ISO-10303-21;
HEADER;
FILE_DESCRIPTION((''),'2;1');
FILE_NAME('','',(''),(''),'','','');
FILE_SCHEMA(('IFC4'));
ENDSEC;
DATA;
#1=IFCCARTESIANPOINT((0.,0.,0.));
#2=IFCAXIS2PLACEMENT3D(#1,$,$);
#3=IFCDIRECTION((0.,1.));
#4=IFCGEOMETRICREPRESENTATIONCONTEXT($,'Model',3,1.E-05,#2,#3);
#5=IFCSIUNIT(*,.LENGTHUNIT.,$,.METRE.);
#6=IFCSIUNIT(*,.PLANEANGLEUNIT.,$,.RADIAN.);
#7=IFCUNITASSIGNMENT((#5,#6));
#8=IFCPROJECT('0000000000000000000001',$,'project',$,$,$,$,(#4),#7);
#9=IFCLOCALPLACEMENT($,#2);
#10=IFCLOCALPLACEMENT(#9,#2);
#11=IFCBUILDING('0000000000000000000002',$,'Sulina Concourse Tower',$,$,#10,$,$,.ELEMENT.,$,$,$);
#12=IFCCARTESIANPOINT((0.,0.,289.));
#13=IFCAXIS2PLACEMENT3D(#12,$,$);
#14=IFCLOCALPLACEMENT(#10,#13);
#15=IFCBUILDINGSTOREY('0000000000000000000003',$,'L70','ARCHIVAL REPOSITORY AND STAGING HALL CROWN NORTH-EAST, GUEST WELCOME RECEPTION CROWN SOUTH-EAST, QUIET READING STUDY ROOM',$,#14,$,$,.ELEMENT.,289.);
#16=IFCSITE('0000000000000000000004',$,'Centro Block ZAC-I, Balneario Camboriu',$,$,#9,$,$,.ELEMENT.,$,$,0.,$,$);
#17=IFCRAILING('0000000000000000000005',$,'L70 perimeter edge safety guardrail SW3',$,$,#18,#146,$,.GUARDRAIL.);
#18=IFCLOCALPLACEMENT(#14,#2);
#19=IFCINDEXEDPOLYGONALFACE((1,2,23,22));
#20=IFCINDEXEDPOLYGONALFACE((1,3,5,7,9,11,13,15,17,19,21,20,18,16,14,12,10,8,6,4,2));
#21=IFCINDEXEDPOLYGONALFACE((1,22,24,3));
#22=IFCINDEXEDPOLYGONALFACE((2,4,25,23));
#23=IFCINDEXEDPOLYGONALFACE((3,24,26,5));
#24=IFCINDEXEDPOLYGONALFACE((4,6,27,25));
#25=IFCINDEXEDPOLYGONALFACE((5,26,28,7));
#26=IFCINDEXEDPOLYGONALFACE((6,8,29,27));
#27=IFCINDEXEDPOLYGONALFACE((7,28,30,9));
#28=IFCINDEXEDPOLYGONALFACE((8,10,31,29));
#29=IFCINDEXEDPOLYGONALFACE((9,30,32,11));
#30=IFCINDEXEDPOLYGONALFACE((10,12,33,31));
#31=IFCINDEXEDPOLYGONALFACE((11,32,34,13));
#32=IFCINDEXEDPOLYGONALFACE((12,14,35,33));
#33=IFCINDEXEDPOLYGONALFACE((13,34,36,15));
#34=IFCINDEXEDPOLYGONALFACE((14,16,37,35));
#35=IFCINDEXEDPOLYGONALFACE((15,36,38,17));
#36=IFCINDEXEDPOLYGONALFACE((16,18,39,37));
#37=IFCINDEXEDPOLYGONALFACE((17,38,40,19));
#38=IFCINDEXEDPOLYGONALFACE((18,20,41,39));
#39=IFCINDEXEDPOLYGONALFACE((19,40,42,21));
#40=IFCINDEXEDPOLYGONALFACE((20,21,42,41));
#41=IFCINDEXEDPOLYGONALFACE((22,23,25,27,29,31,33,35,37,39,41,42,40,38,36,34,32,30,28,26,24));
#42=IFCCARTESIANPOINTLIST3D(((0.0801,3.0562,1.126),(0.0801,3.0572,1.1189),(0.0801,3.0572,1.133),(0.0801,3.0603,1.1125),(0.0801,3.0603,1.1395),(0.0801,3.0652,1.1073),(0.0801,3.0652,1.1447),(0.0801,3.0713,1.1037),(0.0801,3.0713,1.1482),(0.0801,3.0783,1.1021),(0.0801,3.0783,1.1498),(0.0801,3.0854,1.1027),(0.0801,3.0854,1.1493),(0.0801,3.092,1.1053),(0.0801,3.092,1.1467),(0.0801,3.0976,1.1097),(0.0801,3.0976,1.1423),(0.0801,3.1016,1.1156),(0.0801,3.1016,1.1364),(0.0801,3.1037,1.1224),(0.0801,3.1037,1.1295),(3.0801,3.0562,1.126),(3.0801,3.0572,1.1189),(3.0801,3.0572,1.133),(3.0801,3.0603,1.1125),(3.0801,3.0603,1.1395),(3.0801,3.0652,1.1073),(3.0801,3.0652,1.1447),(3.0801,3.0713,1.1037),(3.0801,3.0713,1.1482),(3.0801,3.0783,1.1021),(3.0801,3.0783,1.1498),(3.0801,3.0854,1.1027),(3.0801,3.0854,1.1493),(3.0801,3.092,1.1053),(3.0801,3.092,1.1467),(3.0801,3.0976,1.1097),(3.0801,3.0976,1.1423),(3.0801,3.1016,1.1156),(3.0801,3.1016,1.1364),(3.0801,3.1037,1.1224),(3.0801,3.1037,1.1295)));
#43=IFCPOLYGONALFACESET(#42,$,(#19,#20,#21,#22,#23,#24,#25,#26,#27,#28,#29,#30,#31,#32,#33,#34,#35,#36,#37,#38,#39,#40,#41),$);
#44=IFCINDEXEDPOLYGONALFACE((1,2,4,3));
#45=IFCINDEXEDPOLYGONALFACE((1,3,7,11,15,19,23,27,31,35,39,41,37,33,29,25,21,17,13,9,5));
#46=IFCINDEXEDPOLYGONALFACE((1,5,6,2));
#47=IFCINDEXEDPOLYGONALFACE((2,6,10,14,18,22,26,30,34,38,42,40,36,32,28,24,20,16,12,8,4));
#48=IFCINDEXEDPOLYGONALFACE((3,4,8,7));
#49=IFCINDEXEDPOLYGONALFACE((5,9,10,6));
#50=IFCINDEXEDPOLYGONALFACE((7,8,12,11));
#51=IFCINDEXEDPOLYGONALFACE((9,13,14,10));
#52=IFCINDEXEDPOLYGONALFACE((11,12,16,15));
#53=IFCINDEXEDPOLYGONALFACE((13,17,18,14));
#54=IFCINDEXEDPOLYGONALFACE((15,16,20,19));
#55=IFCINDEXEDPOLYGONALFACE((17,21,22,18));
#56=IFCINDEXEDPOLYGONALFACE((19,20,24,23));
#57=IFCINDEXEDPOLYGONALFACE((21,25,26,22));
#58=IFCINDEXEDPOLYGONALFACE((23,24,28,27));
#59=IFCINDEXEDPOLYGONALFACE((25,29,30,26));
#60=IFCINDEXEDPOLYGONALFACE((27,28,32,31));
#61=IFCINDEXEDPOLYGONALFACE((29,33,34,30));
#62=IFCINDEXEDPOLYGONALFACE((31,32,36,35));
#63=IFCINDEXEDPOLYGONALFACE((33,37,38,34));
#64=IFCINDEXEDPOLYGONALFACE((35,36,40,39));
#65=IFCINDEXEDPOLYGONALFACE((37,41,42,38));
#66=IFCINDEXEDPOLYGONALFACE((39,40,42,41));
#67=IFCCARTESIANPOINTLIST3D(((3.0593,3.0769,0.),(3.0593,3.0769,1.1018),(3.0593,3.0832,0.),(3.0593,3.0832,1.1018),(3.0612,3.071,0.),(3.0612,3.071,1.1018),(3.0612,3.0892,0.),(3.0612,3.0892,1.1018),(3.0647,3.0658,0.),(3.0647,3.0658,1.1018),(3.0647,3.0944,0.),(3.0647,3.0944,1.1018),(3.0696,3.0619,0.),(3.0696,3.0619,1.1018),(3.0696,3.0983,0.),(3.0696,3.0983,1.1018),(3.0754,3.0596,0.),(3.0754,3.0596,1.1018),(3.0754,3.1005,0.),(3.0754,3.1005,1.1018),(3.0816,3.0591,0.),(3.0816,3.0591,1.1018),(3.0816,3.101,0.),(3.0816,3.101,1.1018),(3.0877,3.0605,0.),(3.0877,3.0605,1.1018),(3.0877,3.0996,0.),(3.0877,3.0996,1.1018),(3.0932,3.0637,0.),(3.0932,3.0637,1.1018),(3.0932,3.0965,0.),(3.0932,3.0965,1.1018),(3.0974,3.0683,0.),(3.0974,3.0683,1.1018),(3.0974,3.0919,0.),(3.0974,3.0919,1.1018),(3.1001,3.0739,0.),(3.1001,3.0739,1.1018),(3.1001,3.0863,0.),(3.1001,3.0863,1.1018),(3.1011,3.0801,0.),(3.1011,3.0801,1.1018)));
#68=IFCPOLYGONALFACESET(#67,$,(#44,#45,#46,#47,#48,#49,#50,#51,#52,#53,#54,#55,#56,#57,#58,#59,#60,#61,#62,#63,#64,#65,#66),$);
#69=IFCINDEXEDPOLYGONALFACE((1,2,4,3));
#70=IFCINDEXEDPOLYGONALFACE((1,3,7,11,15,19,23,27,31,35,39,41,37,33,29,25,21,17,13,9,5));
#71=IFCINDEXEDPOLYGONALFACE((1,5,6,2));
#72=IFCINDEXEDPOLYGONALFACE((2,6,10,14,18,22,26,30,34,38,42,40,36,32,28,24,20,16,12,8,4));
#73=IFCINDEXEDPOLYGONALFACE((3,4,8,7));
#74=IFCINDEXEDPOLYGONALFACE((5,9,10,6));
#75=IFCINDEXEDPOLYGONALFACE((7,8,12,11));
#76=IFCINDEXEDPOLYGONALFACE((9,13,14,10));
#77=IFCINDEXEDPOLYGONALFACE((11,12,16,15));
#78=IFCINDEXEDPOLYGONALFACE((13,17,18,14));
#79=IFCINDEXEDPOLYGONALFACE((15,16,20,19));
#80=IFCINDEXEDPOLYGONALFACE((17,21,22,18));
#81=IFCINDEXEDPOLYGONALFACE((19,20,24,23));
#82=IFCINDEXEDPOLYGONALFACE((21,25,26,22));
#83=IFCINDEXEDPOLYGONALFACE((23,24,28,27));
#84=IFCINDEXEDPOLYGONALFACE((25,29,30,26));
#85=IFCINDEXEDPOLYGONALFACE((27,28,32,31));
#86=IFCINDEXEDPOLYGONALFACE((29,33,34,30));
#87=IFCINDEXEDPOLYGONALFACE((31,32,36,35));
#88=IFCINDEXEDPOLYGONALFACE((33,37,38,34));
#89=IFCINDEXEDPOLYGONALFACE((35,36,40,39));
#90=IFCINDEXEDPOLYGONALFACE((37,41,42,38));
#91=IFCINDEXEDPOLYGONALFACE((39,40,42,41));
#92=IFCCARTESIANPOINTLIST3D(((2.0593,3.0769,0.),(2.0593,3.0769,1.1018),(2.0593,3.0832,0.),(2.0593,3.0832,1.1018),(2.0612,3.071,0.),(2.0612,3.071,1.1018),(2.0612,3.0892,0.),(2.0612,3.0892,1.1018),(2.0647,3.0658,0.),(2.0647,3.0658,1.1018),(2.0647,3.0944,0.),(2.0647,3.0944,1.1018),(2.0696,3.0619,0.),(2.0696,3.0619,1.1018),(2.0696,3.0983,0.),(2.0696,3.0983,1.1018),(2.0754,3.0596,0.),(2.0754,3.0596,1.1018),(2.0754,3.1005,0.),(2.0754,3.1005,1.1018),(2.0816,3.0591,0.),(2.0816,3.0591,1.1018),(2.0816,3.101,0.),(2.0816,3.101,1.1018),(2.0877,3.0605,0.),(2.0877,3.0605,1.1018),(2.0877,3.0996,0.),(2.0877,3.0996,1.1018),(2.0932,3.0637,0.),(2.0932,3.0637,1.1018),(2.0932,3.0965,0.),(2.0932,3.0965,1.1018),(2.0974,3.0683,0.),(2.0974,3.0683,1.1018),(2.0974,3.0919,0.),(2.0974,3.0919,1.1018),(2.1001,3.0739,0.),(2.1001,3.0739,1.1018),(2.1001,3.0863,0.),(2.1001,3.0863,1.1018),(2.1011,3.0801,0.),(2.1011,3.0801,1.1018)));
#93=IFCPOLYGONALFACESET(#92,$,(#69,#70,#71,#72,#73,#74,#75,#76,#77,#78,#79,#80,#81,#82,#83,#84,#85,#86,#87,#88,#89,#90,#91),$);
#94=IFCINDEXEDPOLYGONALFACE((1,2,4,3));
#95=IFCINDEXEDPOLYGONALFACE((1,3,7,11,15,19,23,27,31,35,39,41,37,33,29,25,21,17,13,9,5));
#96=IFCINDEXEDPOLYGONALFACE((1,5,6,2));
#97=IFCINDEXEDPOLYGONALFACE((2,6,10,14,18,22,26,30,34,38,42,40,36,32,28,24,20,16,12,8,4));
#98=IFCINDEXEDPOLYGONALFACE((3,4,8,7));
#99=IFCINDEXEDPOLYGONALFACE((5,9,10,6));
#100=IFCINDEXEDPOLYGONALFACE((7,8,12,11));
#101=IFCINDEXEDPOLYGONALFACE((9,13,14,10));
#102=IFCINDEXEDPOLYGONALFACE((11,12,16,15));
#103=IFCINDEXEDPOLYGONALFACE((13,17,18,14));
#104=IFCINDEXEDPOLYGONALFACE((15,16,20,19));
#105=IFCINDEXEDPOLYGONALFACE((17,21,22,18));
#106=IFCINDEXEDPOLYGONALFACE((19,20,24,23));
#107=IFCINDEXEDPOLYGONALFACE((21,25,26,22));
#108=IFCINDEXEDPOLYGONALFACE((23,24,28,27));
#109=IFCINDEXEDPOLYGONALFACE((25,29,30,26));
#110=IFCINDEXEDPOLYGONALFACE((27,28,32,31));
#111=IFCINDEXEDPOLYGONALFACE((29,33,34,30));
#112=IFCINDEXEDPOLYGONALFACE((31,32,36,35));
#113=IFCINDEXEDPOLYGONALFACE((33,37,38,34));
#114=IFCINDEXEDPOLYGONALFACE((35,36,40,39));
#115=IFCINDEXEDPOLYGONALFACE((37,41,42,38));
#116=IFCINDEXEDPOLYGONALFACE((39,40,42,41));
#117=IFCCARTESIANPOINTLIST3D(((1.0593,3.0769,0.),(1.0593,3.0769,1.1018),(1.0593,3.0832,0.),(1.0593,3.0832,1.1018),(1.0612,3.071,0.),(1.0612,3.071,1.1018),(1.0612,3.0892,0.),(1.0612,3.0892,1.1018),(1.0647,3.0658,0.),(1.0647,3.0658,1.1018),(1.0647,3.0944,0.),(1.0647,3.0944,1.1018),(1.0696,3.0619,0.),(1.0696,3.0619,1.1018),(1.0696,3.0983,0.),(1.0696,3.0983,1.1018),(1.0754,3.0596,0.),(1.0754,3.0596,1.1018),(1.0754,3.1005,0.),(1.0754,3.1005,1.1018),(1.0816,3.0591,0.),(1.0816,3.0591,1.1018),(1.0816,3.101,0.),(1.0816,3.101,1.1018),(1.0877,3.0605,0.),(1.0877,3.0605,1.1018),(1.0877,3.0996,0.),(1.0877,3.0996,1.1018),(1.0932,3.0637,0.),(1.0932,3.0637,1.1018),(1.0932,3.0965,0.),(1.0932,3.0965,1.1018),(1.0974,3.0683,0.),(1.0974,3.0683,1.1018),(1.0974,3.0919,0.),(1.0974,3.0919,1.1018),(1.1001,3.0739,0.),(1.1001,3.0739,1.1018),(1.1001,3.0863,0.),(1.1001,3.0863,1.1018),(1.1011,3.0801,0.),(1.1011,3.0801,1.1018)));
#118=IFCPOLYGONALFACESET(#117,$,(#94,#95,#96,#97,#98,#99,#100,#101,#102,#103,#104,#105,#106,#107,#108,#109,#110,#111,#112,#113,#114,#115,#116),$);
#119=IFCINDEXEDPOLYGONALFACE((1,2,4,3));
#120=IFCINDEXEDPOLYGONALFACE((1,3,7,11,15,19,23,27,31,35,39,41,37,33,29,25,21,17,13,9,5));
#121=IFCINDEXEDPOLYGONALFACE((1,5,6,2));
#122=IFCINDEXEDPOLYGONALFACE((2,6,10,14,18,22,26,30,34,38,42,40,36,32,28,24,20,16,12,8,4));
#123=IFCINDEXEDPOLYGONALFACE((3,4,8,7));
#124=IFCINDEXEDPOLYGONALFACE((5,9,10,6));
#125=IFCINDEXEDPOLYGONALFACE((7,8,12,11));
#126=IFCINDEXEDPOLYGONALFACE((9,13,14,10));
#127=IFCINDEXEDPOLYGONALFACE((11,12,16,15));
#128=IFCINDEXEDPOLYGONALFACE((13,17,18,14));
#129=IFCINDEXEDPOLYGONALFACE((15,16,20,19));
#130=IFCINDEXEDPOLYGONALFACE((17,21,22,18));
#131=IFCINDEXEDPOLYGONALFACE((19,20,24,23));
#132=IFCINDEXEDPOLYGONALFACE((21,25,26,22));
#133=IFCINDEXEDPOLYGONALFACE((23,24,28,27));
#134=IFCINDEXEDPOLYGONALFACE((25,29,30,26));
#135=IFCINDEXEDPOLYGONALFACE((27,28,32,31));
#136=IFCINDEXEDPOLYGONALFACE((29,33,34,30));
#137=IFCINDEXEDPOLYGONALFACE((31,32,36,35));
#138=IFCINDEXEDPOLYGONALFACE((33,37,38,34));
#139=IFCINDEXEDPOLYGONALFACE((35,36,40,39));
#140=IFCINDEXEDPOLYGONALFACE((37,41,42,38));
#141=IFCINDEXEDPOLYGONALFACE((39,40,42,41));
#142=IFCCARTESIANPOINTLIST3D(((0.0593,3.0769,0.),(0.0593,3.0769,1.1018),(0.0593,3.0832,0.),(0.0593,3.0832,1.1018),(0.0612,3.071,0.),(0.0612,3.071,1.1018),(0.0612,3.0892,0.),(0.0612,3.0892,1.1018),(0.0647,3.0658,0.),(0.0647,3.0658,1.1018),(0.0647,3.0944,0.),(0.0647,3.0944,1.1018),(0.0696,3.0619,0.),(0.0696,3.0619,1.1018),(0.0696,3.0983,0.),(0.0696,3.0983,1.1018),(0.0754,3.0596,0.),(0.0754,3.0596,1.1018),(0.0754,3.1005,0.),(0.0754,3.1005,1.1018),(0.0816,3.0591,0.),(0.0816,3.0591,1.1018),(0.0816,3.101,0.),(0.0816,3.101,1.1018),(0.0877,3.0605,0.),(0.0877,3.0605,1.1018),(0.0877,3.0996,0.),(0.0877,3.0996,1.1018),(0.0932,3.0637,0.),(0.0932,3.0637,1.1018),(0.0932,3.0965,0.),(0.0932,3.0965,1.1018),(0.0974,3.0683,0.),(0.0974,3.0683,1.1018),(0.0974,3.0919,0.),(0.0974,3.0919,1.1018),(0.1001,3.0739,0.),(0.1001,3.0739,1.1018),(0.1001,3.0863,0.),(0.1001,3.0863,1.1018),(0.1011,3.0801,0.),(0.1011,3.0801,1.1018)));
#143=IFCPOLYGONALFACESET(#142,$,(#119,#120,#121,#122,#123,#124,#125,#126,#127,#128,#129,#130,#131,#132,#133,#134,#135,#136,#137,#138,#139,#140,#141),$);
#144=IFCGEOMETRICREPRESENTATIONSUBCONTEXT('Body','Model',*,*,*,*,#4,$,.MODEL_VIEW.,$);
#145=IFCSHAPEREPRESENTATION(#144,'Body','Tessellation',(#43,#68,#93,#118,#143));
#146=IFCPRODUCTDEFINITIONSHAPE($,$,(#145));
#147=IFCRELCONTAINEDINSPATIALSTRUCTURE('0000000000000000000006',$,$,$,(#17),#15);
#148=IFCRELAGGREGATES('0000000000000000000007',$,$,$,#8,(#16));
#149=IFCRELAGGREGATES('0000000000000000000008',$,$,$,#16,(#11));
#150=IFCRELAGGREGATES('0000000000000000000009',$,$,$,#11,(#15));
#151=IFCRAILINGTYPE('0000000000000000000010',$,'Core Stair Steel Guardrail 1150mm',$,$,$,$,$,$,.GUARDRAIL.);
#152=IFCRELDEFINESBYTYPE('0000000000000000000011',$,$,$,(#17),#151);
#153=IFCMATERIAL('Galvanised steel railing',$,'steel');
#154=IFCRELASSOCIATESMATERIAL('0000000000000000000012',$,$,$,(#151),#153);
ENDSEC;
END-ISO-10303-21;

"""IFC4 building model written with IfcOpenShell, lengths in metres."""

from ifc_helpers import new_model, si_unit, direction, frame, origin, origin_2d, place, context, subcontext, project, spatial, circle, extrude, material, type_object, element, save


model = new_model("IFC4")

# Units and contexts
model_context = context("Model", 3, precision=1e-05, world=origin(), true_north=direction((0.0, 1.0)))
body_context = subcontext(model_context, "Body", "Model", "MODEL_VIEW")
ifc_project = project(units=[si_unit("LENGTHUNIT", "METRE"), si_unit("PLANEANGLEUNIT", "RADIAN")], contexts=[model_context])

# Site, building, storey
site_placement = place(None, origin())
site = spatial("IfcSite", under=ifc_project, at=site_placement, Name="Centro Block ZAC-I, Balneario Camboriu", CompositionType="ELEMENT", RefElevation=0.0)
building_placement = place(site_placement, origin())
building = spatial("IfcBuilding", under=site, at=building_placement, Name="Sulina Concourse Tower", CompositionType="ELEMENT")
storey_placement = place(building_placement, frame((0.0, 0.0, 289.0)))
storey = spatial("IfcBuildingStorey", under=building, at=storey_placement, Name="L70", Description="ARCHIVAL REPOSITORY AND STAGING HALL CROWN NORTH-EAST, GUEST WELCOME RECEPTION CROWN SOUTH-EAST, QUIET READING STUDY ROOM", CompositionType="ELEMENT", Elevation=289.0)

# Railing
ifc_material_1 = material(Name="Galvanised steel railing", Category="steel")
railing_type = type_object("IfcRailingType", Name="Core Stair Steel Guardrail 1150mm", PredefinedType="GUARDRAIL", material=ifc_material_1)
railing_1_placement = place(storey_placement, frame((3.0801, 3.0801, 0.0)))
element("IfcRailing", 1, at=railing_1_placement, inside=storey, type_object=railing_type, Name="L70 perimeter edge safety guardrail SW3", PredefinedType="GUARDRAIL", context=body_context, shape_type="SweptSolid", body=[
    extrude(circle(Radius=0.0239, at=origin_2d()), frame((0.0, 0.0, 1.126), z_axis=(-1.0, 0.0, 0.0), x_axis=(0.0, -1.0, 0.0)), (0.0, 0.0, 1.0), 3.0),
    extrude(circle(Radius=0.021, at=origin_2d()), origin(), (0.0, 0.0, 1.0), 1.1018),
    extrude(circle(Radius=0.021, at=origin_2d()), frame((-1.0, 0.0, 0.0)), (0.0, 0.0, 1.0), 1.1018),
    extrude(circle(Radius=0.021, at=origin_2d()), frame((-2.0, 0.0, 0.0)), (0.0, 0.0, 1.0), 1.1018),
    extrude(circle(Radius=0.021, at=origin_2d()), frame((-3.0, 0.0, 0.0)), (0.0, 0.0, 1.0), 1.1018),
])

save(model, "model.ifc")
